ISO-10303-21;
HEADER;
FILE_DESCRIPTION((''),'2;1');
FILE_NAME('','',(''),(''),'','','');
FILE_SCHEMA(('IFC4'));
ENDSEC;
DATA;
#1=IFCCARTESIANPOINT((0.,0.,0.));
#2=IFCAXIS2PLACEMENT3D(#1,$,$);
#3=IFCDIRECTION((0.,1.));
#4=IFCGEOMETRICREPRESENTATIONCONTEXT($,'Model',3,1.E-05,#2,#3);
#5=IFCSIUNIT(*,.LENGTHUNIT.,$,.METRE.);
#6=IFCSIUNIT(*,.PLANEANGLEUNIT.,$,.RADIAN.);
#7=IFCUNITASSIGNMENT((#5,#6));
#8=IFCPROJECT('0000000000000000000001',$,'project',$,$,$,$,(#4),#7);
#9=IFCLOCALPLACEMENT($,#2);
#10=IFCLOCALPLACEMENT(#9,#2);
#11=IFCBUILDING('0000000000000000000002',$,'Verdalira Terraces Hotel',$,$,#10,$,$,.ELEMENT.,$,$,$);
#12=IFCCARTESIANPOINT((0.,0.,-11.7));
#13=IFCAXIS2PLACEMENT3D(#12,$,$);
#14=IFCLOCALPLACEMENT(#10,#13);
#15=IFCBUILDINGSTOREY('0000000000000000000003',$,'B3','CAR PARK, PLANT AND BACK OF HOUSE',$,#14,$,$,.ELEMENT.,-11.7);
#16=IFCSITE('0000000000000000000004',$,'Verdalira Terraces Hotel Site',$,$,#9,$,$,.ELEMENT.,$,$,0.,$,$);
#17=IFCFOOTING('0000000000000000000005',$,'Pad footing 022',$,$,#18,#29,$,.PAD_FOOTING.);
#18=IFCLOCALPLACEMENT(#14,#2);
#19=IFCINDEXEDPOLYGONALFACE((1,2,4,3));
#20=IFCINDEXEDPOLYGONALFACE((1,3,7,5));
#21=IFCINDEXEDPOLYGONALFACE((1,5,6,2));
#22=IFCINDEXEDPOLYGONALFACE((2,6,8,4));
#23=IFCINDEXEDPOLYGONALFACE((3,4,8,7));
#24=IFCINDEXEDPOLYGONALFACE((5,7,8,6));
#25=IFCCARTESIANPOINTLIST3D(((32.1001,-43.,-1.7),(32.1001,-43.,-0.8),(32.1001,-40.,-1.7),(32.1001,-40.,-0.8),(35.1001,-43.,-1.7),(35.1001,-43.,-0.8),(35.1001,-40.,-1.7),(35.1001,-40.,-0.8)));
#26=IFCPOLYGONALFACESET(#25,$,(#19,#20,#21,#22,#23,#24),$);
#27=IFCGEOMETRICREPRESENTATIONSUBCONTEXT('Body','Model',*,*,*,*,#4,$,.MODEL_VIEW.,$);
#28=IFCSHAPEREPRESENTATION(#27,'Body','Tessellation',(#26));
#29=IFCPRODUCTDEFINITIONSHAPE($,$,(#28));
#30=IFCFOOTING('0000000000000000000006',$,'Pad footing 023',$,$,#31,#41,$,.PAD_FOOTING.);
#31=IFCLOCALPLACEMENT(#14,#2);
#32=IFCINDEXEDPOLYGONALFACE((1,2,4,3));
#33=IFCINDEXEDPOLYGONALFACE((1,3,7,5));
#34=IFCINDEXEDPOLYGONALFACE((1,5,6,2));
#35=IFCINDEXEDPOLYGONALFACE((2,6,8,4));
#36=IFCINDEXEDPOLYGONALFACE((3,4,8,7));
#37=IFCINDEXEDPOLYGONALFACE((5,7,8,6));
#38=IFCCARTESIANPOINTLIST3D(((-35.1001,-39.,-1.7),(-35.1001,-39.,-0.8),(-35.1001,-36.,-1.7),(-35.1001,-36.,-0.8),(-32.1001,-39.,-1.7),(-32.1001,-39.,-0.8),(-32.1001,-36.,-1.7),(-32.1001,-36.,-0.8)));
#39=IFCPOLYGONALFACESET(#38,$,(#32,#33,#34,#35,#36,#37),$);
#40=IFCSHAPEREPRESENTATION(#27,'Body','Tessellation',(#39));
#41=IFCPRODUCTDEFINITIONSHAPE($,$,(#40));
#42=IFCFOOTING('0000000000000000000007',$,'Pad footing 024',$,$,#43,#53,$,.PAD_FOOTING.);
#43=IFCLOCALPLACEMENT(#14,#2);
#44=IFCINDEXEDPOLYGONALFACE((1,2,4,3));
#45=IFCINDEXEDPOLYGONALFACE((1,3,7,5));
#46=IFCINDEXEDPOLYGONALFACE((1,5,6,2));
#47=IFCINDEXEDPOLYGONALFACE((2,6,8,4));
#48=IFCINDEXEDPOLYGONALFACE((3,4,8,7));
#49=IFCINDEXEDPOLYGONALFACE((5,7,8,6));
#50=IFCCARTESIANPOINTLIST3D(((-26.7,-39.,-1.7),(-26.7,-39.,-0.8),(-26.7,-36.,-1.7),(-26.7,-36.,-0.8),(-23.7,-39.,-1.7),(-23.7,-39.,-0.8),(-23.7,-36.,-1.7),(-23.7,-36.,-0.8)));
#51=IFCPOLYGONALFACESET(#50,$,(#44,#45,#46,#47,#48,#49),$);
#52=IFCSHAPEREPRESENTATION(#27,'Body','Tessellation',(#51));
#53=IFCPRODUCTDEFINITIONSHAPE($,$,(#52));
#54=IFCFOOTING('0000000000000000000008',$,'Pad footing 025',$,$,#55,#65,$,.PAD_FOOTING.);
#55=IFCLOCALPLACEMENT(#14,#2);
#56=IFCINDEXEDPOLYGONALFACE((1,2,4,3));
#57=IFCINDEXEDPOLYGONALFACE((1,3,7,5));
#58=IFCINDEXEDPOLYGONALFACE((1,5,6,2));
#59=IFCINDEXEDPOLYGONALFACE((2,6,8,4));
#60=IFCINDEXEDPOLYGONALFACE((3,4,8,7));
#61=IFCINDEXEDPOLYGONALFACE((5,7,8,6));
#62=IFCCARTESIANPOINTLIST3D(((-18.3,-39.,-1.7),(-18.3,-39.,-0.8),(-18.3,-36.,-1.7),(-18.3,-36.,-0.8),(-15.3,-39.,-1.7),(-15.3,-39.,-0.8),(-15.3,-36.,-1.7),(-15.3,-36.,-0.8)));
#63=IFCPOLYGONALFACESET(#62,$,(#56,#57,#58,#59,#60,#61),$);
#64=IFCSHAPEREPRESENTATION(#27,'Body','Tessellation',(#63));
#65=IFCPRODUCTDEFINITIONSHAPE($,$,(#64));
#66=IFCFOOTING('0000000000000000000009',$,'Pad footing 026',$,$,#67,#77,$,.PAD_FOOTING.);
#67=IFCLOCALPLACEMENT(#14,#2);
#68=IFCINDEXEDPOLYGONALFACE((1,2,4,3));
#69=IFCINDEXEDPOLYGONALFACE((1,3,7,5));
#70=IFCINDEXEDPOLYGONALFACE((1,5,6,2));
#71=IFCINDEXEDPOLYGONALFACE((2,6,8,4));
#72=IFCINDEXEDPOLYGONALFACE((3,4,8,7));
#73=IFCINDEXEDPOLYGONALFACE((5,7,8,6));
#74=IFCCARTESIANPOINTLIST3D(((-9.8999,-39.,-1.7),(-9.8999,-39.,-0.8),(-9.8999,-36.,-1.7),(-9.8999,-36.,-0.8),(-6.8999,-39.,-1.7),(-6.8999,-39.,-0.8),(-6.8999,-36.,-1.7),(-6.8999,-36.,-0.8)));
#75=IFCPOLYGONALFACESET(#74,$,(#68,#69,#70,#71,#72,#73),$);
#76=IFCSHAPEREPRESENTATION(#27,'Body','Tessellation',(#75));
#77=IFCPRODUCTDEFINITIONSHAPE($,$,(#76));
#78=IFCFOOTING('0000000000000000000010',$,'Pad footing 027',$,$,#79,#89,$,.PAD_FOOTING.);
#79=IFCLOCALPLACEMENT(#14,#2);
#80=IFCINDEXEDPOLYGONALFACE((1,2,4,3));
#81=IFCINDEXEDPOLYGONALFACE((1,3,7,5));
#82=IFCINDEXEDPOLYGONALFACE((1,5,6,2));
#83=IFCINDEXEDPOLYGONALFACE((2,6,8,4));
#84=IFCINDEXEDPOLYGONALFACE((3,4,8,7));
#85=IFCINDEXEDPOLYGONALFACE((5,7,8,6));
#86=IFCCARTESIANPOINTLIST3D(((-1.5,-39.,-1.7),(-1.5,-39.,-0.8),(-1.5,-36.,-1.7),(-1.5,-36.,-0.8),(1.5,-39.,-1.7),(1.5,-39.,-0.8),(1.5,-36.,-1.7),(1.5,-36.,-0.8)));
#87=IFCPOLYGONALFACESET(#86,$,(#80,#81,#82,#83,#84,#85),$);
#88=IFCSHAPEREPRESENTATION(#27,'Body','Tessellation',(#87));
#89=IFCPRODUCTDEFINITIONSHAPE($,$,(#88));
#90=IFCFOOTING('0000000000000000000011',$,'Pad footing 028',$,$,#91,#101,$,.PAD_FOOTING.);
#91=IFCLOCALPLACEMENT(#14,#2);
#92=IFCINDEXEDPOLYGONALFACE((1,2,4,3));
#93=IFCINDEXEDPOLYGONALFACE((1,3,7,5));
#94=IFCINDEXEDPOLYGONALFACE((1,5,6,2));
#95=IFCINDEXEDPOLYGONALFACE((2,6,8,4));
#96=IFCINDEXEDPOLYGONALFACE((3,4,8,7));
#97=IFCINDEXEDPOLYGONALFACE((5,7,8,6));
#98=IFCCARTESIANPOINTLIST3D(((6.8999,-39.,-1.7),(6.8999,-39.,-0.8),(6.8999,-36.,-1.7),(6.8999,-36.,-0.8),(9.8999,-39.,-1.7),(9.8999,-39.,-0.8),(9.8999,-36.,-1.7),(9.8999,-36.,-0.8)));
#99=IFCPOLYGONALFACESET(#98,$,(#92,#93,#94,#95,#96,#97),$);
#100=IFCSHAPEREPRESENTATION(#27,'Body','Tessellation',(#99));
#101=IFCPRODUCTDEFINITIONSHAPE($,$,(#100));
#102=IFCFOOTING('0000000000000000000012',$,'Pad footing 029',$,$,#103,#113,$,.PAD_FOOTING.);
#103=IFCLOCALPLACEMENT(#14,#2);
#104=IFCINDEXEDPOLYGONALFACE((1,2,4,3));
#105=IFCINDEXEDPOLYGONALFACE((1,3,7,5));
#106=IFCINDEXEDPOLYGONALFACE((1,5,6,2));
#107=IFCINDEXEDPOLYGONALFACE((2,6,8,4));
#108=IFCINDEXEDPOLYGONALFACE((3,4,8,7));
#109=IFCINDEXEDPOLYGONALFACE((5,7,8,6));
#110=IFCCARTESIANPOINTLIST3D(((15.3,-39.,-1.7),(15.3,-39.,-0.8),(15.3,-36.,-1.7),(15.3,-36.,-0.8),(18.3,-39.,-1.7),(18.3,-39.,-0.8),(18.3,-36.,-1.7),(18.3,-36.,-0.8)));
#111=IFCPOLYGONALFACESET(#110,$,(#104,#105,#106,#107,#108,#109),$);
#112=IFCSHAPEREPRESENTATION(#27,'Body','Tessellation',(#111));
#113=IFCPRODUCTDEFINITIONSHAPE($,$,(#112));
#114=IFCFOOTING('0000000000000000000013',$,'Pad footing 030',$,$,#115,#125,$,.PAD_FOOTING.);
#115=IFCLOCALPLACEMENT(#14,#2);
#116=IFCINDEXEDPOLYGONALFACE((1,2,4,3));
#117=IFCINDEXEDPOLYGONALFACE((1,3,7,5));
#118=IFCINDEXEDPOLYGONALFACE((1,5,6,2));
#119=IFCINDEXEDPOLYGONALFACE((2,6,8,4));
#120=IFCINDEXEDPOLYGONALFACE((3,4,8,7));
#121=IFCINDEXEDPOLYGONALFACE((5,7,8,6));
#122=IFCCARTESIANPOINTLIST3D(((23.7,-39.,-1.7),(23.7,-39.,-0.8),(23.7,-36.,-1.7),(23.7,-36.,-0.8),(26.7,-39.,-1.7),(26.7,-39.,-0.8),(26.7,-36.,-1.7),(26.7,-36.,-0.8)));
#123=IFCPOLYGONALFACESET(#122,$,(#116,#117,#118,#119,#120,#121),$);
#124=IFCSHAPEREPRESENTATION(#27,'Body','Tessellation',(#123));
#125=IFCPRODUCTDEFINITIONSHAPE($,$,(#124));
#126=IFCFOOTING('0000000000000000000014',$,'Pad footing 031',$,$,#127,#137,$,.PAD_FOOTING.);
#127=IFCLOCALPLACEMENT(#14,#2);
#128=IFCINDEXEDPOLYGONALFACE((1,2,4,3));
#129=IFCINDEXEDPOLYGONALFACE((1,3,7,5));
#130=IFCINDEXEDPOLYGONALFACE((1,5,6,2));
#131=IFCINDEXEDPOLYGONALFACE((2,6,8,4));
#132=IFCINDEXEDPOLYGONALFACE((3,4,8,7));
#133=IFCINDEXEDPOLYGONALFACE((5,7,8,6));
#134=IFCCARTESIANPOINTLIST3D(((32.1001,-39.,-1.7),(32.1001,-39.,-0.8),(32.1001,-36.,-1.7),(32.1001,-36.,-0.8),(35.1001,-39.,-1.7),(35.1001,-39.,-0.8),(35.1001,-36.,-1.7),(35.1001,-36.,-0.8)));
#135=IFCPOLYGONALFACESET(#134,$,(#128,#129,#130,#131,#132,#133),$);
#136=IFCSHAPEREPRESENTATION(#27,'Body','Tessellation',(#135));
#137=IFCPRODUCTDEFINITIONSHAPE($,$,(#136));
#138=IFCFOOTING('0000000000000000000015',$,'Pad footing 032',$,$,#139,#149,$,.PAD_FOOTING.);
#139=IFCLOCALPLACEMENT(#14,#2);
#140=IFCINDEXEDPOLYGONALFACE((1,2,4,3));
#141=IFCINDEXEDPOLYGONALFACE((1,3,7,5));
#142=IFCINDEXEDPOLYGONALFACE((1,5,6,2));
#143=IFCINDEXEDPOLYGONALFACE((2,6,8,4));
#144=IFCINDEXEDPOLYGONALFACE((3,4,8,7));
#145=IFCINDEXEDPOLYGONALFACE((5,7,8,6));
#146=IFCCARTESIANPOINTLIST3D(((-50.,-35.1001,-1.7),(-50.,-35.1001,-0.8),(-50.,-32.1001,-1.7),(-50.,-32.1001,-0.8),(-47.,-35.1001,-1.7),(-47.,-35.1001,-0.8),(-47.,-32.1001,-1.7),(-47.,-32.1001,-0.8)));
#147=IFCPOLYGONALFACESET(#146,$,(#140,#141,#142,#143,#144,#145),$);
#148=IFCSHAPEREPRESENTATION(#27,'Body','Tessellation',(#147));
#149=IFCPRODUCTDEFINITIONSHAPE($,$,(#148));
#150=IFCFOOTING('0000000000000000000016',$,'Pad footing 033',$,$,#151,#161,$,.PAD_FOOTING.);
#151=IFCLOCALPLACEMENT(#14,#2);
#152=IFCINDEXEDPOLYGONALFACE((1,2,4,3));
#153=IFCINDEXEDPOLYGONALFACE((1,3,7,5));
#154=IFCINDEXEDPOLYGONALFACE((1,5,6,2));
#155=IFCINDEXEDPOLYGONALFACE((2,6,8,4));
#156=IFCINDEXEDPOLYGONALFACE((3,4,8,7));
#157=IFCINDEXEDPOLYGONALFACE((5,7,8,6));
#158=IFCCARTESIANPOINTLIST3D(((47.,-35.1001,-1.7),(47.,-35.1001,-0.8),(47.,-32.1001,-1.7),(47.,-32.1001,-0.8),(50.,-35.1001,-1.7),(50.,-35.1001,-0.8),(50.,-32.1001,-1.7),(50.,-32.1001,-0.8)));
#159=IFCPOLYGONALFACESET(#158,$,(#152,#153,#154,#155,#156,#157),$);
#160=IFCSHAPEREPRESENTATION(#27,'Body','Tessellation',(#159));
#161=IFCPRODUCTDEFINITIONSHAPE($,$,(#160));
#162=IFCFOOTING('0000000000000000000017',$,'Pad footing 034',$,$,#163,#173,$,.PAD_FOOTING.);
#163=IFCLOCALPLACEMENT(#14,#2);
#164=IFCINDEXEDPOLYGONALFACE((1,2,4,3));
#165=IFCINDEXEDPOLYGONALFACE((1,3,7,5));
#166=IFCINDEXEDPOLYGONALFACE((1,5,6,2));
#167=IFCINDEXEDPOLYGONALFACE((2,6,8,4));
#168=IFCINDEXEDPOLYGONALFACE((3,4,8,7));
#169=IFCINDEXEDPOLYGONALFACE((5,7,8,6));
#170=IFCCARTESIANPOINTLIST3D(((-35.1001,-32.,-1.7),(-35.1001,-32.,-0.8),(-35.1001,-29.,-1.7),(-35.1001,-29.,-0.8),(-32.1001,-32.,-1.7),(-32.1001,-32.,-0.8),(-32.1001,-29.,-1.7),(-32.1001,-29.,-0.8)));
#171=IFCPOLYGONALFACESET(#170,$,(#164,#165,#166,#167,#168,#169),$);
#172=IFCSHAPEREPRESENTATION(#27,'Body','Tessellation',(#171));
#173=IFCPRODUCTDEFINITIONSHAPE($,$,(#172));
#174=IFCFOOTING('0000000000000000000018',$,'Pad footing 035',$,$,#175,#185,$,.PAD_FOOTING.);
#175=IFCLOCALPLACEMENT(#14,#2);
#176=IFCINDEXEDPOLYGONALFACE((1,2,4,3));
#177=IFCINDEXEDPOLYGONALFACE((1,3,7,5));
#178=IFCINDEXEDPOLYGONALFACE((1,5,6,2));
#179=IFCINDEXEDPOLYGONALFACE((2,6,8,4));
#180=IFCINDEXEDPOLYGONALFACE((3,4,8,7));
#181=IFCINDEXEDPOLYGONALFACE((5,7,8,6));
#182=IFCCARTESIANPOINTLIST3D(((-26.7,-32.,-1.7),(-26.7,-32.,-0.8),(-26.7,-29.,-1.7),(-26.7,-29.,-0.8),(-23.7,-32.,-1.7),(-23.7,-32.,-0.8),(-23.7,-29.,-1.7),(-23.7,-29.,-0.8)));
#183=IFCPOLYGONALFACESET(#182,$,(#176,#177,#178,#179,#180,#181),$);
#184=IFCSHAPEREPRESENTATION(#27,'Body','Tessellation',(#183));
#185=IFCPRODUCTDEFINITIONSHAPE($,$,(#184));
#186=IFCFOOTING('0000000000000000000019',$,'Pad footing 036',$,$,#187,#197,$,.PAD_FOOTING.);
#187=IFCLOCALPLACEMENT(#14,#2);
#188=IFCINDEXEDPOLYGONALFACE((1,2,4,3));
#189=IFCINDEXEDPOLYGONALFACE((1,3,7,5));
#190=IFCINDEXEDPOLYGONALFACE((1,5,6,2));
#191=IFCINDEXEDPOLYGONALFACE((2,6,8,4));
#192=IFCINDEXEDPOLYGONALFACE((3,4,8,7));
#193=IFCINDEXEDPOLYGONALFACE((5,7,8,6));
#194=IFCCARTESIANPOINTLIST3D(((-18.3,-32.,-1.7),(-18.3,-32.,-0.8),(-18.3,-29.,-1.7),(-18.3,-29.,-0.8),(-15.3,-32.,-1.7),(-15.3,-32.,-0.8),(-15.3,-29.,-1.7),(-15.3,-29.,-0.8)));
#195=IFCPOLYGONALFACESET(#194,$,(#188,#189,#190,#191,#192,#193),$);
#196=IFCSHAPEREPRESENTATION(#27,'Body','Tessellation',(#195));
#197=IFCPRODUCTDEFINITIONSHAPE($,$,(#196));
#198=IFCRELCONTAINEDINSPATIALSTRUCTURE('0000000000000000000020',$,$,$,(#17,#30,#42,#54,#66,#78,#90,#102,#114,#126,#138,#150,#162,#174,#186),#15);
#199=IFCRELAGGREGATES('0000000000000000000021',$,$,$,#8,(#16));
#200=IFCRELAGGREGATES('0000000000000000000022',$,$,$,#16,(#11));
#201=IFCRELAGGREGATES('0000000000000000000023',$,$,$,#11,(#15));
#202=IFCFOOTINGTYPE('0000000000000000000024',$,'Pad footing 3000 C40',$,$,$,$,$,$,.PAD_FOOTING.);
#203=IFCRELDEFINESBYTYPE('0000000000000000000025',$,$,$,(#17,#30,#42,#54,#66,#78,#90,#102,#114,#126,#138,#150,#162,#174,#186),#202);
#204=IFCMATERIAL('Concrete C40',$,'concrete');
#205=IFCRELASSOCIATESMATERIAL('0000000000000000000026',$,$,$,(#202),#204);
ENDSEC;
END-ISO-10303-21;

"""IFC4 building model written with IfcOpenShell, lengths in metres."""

from ifc_helpers import new_model, si_unit, direction, frame, origin, place, context, subcontext, project, spatial, polyline, outline, extrude, material, type_object, element, save


model = new_model("IFC4")

# Units and contexts
model_context = context("Model", 3, precision=1e-05, world=origin(), true_north=direction((0.0, 1.0)))
body_context = subcontext(model_context, "Body", "Model", "MODEL_VIEW")
ifc_project = project(units=[si_unit("LENGTHUNIT", "METRE"), si_unit("PLANEANGLEUNIT", "RADIAN")], contexts=[model_context])

# Site, building, storey
site_placement = place(None, origin())
site = spatial("IfcSite", under=ifc_project, at=site_placement, Name="Verdalira Terraces Hotel Site", CompositionType="ELEMENT", RefElevation=0.0)
building_placement = place(site_placement, origin())
building = spatial("IfcBuilding", under=site, at=building_placement, Name="Verdalira Terraces Hotel", CompositionType="ELEMENT")
storey_placement = place(building_placement, frame((0.0, 0.0, -11.7)))
storey = spatial("IfcBuildingStorey", under=building, at=storey_placement, Name="B3", Description="CAR PARK, PLANT AND BACK OF HOUSE", CompositionType="ELEMENT", Elevation=-11.7)

# Footings
ifc_material = material(Name="Concrete C40", Category="concrete")
footing_type = type_object("IfcFootingType", Name="Pad footing 3000 C40", PredefinedType="PAD_FOOTING", material=ifc_material)
footing_1_placement = place(storey_placement, frame((0.0, 0.0, -1.7)))
element("IfcFooting", 1, at=footing_1_placement, inside=storey, type_object=footing_type, Name="Pad footing 022", PredefinedType="PAD_FOOTING", context=body_context, shape_type="SweptSolid", body=[
    extrude(outline(polyline([(35.1001, -43.0), (35.1001, -40.0), (32.1001, -40.0), (32.1001, -43.0), (35.1001, -43.0)])), origin(), (0.0, 0.0, 1.0), 0.8999),
])
footing_2_placement = place(storey_placement, frame((0.0, 0.0, -1.7)))
element("IfcFooting", 2, at=footing_2_placement, inside=storey, type_object=footing_type, Name="Pad footing 023", PredefinedType="PAD_FOOTING", context=body_context, shape_type="SweptSolid", body=[
    extrude(outline(polyline([(-32.1001, -39.0), (-32.1001, -36.0), (-35.1001, -36.0), (-35.1001, -39.0), (-32.1001, -39.0)])), origin(), (0.0, 0.0, 1.0), 0.8999),
])
footing_3_placement = place(storey_placement, frame((0.0, 0.0, -1.7)))
element("IfcFooting", 3, at=footing_3_placement, inside=storey, type_object=footing_type, Name="Pad footing 024", PredefinedType="PAD_FOOTING", context=body_context, shape_type="SweptSolid", body=[
    extrude(outline(polyline([(-23.7, -39.0), (-23.7, -36.0), (-26.7, -36.0), (-26.7, -39.0), (-23.7, -39.0)])), origin(), (0.0, 0.0, 1.0), 0.8999),
])
footing_4_placement = place(storey_placement, frame((0.0, 0.0, -1.7)))
element("IfcFooting", 4, at=footing_4_placement, inside=storey, type_object=footing_type, Name="Pad footing 025", PredefinedType="PAD_FOOTING", context=body_context, shape_type="SweptSolid", body=[
    extrude(outline(polyline([(-15.3, -39.0), (-15.3, -36.0), (-18.3, -36.0), (-18.3, -39.0), (-15.3, -39.0)])), origin(), (0.0, 0.0, 1.0), 0.8999),
])
footing_5_placement = place(storey_placement, frame((0.0, 0.0, -1.7)))
element("IfcFooting", 5, at=footing_5_placement, inside=storey, type_object=footing_type, Name="Pad footing 026", PredefinedType="PAD_FOOTING", context=body_context, shape_type="SweptSolid", body=[
    extrude(outline(polyline([(-6.8999, -39.0), (-6.8999, -36.0), (-9.8999, -36.0), (-9.8999, -39.0), (-6.8999, -39.0)])), origin(), (0.0, 0.0, 1.0), 0.8999),
])
footing_6_placement = place(storey_placement, frame((0.0, 0.0, -1.7)))
element("IfcFooting", 6, at=footing_6_placement, inside=storey, type_object=footing_type, Name="Pad footing 027", PredefinedType="PAD_FOOTING", context=body_context, shape_type="SweptSolid", body=[
    extrude(outline(polyline([(1.5, -39.0), (1.5, -36.0), (-1.5, -36.0), (-1.5, -39.0), (1.5, -39.0)])), origin(), (0.0, 0.0, 1.0), 0.8999),
])
footing_7_placement = place(storey_placement, frame((0.0, 0.0, -1.7)))
element("IfcFooting", 7, at=footing_7_placement, inside=storey, type_object=footing_type, Name="Pad footing 028", PredefinedType="PAD_FOOTING", context=body_context, shape_type="SweptSolid", body=[
    extrude(outline(polyline([(9.8999, -39.0), (9.8999, -36.0), (6.8999, -36.0), (6.8999, -39.0), (9.8999, -39.0)])), origin(), (0.0, 0.0, 1.0), 0.8999),
])
footing_8_placement = place(storey_placement, frame((0.0, 0.0, -1.7)))
element("IfcFooting", 8, at=footing_8_placement, inside=storey, type_object=footing_type, Name="Pad footing 029", PredefinedType="PAD_FOOTING", context=body_context, shape_type="SweptSolid", body=[
    extrude(outline(polyline([(18.3, -39.0), (18.3, -36.0), (15.3, -36.0), (15.3, -39.0), (18.3, -39.0)])), origin(), (0.0, 0.0, 1.0), 0.8999),
])
footing_9_placement = place(storey_placement, frame((0.0, 0.0, -1.7)))
element("IfcFooting", 9, at=footing_9_placement, inside=storey, type_object=footing_type, Name="Pad footing 030", PredefinedType="PAD_FOOTING", context=body_context, shape_type="SweptSolid", body=[
    extrude(outline(polyline([(26.7, -39.0), (26.7, -36.0), (23.7, -36.0), (23.7, -39.0), (26.7, -39.0)])), origin(), (0.0, 0.0, 1.0), 0.8999),
])
footing_10_placement = place(storey_placement, frame((0.0, 0.0, -1.7)))
element("IfcFooting", 10, at=footing_10_placement, inside=storey, type_object=footing_type, Name="Pad footing 031", PredefinedType="PAD_FOOTING", context=body_context, shape_type="SweptSolid", body=[
    extrude(outline(polyline([(35.1001, -39.0), (35.1001, -36.0), (32.1001, -36.0), (32.1001, -39.0), (35.1001, -39.0)])), origin(), (0.0, 0.0, 1.0), 0.8999),
])
footing_11_placement = place(storey_placement, frame((0.0, 0.0, -1.7)))
element("IfcFooting", 11, at=footing_11_placement, inside=storey, type_object=footing_type, Name="Pad footing 032", PredefinedType="PAD_FOOTING", context=body_context, shape_type="SweptSolid", body=[
    extrude(outline(polyline([(-47.0, -35.1001), (-47.0, -32.1001), (-50.0, -32.1001), (-50.0, -35.1001), (-47.0, -35.1001)])), origin(), (0.0, 0.0, 1.0), 0.8999),
])
footing_12_placement = place(storey_placement, frame((0.0, 0.0, -1.7)))
element("IfcFooting", 12, at=footing_12_placement, inside=storey, type_object=footing_type, Name="Pad footing 033", PredefinedType="PAD_FOOTING", context=body_context, shape_type="SweptSolid", body=[
    extrude(outline(polyline([(50.0, -35.1001), (50.0, -32.1001), (47.0, -32.1001), (47.0, -35.1001), (50.0, -35.1001)])), origin(), (0.0, 0.0, 1.0), 0.8999),
])
footing_13_placement = place(storey_placement, frame((0.0, 0.0, -1.7)))
element("IfcFooting", 13, at=footing_13_placement, inside=storey, type_object=footing_type, Name="Pad footing 034", PredefinedType="PAD_FOOTING", context=body_context, shape_type="SweptSolid", body=[
    extrude(outline(polyline([(-32.1001, -32.0), (-32.1001, -29.0), (-35.1001, -29.0), (-35.1001, -32.0), (-32.1001, -32.0)])), origin(), (0.0, 0.0, 1.0), 0.8999),
])
footing_14_placement = place(storey_placement, frame((0.0, 0.0, -1.7)))
element("IfcFooting", 14, at=footing_14_placement, inside=storey, type_object=footing_type, Name="Pad footing 035", PredefinedType="PAD_FOOTING", context=body_context, shape_type="SweptSolid", body=[
    extrude(outline(polyline([(-23.7, -32.0), (-23.7, -29.0), (-26.7, -29.0), (-26.7, -32.0), (-23.7, -32.0)])), origin(), (0.0, 0.0, 1.0), 0.8999),
])
footing_15_placement = place(storey_placement, frame((0.0, 0.0, -1.7)))
element("IfcFooting", 15, at=footing_15_placement, inside=storey, type_object=footing_type, Name="Pad footing 036", PredefinedType="PAD_FOOTING", context=body_context, shape_type="SweptSolid", body=[
    extrude(outline(polyline([(-15.3, -32.0), (-15.3, -29.0), (-18.3, -29.0), (-18.3, -32.0), (-15.3, -32.0)])), origin(), (0.0, 0.0, 1.0), 0.8999),
])

save(model, "model.ifc")
